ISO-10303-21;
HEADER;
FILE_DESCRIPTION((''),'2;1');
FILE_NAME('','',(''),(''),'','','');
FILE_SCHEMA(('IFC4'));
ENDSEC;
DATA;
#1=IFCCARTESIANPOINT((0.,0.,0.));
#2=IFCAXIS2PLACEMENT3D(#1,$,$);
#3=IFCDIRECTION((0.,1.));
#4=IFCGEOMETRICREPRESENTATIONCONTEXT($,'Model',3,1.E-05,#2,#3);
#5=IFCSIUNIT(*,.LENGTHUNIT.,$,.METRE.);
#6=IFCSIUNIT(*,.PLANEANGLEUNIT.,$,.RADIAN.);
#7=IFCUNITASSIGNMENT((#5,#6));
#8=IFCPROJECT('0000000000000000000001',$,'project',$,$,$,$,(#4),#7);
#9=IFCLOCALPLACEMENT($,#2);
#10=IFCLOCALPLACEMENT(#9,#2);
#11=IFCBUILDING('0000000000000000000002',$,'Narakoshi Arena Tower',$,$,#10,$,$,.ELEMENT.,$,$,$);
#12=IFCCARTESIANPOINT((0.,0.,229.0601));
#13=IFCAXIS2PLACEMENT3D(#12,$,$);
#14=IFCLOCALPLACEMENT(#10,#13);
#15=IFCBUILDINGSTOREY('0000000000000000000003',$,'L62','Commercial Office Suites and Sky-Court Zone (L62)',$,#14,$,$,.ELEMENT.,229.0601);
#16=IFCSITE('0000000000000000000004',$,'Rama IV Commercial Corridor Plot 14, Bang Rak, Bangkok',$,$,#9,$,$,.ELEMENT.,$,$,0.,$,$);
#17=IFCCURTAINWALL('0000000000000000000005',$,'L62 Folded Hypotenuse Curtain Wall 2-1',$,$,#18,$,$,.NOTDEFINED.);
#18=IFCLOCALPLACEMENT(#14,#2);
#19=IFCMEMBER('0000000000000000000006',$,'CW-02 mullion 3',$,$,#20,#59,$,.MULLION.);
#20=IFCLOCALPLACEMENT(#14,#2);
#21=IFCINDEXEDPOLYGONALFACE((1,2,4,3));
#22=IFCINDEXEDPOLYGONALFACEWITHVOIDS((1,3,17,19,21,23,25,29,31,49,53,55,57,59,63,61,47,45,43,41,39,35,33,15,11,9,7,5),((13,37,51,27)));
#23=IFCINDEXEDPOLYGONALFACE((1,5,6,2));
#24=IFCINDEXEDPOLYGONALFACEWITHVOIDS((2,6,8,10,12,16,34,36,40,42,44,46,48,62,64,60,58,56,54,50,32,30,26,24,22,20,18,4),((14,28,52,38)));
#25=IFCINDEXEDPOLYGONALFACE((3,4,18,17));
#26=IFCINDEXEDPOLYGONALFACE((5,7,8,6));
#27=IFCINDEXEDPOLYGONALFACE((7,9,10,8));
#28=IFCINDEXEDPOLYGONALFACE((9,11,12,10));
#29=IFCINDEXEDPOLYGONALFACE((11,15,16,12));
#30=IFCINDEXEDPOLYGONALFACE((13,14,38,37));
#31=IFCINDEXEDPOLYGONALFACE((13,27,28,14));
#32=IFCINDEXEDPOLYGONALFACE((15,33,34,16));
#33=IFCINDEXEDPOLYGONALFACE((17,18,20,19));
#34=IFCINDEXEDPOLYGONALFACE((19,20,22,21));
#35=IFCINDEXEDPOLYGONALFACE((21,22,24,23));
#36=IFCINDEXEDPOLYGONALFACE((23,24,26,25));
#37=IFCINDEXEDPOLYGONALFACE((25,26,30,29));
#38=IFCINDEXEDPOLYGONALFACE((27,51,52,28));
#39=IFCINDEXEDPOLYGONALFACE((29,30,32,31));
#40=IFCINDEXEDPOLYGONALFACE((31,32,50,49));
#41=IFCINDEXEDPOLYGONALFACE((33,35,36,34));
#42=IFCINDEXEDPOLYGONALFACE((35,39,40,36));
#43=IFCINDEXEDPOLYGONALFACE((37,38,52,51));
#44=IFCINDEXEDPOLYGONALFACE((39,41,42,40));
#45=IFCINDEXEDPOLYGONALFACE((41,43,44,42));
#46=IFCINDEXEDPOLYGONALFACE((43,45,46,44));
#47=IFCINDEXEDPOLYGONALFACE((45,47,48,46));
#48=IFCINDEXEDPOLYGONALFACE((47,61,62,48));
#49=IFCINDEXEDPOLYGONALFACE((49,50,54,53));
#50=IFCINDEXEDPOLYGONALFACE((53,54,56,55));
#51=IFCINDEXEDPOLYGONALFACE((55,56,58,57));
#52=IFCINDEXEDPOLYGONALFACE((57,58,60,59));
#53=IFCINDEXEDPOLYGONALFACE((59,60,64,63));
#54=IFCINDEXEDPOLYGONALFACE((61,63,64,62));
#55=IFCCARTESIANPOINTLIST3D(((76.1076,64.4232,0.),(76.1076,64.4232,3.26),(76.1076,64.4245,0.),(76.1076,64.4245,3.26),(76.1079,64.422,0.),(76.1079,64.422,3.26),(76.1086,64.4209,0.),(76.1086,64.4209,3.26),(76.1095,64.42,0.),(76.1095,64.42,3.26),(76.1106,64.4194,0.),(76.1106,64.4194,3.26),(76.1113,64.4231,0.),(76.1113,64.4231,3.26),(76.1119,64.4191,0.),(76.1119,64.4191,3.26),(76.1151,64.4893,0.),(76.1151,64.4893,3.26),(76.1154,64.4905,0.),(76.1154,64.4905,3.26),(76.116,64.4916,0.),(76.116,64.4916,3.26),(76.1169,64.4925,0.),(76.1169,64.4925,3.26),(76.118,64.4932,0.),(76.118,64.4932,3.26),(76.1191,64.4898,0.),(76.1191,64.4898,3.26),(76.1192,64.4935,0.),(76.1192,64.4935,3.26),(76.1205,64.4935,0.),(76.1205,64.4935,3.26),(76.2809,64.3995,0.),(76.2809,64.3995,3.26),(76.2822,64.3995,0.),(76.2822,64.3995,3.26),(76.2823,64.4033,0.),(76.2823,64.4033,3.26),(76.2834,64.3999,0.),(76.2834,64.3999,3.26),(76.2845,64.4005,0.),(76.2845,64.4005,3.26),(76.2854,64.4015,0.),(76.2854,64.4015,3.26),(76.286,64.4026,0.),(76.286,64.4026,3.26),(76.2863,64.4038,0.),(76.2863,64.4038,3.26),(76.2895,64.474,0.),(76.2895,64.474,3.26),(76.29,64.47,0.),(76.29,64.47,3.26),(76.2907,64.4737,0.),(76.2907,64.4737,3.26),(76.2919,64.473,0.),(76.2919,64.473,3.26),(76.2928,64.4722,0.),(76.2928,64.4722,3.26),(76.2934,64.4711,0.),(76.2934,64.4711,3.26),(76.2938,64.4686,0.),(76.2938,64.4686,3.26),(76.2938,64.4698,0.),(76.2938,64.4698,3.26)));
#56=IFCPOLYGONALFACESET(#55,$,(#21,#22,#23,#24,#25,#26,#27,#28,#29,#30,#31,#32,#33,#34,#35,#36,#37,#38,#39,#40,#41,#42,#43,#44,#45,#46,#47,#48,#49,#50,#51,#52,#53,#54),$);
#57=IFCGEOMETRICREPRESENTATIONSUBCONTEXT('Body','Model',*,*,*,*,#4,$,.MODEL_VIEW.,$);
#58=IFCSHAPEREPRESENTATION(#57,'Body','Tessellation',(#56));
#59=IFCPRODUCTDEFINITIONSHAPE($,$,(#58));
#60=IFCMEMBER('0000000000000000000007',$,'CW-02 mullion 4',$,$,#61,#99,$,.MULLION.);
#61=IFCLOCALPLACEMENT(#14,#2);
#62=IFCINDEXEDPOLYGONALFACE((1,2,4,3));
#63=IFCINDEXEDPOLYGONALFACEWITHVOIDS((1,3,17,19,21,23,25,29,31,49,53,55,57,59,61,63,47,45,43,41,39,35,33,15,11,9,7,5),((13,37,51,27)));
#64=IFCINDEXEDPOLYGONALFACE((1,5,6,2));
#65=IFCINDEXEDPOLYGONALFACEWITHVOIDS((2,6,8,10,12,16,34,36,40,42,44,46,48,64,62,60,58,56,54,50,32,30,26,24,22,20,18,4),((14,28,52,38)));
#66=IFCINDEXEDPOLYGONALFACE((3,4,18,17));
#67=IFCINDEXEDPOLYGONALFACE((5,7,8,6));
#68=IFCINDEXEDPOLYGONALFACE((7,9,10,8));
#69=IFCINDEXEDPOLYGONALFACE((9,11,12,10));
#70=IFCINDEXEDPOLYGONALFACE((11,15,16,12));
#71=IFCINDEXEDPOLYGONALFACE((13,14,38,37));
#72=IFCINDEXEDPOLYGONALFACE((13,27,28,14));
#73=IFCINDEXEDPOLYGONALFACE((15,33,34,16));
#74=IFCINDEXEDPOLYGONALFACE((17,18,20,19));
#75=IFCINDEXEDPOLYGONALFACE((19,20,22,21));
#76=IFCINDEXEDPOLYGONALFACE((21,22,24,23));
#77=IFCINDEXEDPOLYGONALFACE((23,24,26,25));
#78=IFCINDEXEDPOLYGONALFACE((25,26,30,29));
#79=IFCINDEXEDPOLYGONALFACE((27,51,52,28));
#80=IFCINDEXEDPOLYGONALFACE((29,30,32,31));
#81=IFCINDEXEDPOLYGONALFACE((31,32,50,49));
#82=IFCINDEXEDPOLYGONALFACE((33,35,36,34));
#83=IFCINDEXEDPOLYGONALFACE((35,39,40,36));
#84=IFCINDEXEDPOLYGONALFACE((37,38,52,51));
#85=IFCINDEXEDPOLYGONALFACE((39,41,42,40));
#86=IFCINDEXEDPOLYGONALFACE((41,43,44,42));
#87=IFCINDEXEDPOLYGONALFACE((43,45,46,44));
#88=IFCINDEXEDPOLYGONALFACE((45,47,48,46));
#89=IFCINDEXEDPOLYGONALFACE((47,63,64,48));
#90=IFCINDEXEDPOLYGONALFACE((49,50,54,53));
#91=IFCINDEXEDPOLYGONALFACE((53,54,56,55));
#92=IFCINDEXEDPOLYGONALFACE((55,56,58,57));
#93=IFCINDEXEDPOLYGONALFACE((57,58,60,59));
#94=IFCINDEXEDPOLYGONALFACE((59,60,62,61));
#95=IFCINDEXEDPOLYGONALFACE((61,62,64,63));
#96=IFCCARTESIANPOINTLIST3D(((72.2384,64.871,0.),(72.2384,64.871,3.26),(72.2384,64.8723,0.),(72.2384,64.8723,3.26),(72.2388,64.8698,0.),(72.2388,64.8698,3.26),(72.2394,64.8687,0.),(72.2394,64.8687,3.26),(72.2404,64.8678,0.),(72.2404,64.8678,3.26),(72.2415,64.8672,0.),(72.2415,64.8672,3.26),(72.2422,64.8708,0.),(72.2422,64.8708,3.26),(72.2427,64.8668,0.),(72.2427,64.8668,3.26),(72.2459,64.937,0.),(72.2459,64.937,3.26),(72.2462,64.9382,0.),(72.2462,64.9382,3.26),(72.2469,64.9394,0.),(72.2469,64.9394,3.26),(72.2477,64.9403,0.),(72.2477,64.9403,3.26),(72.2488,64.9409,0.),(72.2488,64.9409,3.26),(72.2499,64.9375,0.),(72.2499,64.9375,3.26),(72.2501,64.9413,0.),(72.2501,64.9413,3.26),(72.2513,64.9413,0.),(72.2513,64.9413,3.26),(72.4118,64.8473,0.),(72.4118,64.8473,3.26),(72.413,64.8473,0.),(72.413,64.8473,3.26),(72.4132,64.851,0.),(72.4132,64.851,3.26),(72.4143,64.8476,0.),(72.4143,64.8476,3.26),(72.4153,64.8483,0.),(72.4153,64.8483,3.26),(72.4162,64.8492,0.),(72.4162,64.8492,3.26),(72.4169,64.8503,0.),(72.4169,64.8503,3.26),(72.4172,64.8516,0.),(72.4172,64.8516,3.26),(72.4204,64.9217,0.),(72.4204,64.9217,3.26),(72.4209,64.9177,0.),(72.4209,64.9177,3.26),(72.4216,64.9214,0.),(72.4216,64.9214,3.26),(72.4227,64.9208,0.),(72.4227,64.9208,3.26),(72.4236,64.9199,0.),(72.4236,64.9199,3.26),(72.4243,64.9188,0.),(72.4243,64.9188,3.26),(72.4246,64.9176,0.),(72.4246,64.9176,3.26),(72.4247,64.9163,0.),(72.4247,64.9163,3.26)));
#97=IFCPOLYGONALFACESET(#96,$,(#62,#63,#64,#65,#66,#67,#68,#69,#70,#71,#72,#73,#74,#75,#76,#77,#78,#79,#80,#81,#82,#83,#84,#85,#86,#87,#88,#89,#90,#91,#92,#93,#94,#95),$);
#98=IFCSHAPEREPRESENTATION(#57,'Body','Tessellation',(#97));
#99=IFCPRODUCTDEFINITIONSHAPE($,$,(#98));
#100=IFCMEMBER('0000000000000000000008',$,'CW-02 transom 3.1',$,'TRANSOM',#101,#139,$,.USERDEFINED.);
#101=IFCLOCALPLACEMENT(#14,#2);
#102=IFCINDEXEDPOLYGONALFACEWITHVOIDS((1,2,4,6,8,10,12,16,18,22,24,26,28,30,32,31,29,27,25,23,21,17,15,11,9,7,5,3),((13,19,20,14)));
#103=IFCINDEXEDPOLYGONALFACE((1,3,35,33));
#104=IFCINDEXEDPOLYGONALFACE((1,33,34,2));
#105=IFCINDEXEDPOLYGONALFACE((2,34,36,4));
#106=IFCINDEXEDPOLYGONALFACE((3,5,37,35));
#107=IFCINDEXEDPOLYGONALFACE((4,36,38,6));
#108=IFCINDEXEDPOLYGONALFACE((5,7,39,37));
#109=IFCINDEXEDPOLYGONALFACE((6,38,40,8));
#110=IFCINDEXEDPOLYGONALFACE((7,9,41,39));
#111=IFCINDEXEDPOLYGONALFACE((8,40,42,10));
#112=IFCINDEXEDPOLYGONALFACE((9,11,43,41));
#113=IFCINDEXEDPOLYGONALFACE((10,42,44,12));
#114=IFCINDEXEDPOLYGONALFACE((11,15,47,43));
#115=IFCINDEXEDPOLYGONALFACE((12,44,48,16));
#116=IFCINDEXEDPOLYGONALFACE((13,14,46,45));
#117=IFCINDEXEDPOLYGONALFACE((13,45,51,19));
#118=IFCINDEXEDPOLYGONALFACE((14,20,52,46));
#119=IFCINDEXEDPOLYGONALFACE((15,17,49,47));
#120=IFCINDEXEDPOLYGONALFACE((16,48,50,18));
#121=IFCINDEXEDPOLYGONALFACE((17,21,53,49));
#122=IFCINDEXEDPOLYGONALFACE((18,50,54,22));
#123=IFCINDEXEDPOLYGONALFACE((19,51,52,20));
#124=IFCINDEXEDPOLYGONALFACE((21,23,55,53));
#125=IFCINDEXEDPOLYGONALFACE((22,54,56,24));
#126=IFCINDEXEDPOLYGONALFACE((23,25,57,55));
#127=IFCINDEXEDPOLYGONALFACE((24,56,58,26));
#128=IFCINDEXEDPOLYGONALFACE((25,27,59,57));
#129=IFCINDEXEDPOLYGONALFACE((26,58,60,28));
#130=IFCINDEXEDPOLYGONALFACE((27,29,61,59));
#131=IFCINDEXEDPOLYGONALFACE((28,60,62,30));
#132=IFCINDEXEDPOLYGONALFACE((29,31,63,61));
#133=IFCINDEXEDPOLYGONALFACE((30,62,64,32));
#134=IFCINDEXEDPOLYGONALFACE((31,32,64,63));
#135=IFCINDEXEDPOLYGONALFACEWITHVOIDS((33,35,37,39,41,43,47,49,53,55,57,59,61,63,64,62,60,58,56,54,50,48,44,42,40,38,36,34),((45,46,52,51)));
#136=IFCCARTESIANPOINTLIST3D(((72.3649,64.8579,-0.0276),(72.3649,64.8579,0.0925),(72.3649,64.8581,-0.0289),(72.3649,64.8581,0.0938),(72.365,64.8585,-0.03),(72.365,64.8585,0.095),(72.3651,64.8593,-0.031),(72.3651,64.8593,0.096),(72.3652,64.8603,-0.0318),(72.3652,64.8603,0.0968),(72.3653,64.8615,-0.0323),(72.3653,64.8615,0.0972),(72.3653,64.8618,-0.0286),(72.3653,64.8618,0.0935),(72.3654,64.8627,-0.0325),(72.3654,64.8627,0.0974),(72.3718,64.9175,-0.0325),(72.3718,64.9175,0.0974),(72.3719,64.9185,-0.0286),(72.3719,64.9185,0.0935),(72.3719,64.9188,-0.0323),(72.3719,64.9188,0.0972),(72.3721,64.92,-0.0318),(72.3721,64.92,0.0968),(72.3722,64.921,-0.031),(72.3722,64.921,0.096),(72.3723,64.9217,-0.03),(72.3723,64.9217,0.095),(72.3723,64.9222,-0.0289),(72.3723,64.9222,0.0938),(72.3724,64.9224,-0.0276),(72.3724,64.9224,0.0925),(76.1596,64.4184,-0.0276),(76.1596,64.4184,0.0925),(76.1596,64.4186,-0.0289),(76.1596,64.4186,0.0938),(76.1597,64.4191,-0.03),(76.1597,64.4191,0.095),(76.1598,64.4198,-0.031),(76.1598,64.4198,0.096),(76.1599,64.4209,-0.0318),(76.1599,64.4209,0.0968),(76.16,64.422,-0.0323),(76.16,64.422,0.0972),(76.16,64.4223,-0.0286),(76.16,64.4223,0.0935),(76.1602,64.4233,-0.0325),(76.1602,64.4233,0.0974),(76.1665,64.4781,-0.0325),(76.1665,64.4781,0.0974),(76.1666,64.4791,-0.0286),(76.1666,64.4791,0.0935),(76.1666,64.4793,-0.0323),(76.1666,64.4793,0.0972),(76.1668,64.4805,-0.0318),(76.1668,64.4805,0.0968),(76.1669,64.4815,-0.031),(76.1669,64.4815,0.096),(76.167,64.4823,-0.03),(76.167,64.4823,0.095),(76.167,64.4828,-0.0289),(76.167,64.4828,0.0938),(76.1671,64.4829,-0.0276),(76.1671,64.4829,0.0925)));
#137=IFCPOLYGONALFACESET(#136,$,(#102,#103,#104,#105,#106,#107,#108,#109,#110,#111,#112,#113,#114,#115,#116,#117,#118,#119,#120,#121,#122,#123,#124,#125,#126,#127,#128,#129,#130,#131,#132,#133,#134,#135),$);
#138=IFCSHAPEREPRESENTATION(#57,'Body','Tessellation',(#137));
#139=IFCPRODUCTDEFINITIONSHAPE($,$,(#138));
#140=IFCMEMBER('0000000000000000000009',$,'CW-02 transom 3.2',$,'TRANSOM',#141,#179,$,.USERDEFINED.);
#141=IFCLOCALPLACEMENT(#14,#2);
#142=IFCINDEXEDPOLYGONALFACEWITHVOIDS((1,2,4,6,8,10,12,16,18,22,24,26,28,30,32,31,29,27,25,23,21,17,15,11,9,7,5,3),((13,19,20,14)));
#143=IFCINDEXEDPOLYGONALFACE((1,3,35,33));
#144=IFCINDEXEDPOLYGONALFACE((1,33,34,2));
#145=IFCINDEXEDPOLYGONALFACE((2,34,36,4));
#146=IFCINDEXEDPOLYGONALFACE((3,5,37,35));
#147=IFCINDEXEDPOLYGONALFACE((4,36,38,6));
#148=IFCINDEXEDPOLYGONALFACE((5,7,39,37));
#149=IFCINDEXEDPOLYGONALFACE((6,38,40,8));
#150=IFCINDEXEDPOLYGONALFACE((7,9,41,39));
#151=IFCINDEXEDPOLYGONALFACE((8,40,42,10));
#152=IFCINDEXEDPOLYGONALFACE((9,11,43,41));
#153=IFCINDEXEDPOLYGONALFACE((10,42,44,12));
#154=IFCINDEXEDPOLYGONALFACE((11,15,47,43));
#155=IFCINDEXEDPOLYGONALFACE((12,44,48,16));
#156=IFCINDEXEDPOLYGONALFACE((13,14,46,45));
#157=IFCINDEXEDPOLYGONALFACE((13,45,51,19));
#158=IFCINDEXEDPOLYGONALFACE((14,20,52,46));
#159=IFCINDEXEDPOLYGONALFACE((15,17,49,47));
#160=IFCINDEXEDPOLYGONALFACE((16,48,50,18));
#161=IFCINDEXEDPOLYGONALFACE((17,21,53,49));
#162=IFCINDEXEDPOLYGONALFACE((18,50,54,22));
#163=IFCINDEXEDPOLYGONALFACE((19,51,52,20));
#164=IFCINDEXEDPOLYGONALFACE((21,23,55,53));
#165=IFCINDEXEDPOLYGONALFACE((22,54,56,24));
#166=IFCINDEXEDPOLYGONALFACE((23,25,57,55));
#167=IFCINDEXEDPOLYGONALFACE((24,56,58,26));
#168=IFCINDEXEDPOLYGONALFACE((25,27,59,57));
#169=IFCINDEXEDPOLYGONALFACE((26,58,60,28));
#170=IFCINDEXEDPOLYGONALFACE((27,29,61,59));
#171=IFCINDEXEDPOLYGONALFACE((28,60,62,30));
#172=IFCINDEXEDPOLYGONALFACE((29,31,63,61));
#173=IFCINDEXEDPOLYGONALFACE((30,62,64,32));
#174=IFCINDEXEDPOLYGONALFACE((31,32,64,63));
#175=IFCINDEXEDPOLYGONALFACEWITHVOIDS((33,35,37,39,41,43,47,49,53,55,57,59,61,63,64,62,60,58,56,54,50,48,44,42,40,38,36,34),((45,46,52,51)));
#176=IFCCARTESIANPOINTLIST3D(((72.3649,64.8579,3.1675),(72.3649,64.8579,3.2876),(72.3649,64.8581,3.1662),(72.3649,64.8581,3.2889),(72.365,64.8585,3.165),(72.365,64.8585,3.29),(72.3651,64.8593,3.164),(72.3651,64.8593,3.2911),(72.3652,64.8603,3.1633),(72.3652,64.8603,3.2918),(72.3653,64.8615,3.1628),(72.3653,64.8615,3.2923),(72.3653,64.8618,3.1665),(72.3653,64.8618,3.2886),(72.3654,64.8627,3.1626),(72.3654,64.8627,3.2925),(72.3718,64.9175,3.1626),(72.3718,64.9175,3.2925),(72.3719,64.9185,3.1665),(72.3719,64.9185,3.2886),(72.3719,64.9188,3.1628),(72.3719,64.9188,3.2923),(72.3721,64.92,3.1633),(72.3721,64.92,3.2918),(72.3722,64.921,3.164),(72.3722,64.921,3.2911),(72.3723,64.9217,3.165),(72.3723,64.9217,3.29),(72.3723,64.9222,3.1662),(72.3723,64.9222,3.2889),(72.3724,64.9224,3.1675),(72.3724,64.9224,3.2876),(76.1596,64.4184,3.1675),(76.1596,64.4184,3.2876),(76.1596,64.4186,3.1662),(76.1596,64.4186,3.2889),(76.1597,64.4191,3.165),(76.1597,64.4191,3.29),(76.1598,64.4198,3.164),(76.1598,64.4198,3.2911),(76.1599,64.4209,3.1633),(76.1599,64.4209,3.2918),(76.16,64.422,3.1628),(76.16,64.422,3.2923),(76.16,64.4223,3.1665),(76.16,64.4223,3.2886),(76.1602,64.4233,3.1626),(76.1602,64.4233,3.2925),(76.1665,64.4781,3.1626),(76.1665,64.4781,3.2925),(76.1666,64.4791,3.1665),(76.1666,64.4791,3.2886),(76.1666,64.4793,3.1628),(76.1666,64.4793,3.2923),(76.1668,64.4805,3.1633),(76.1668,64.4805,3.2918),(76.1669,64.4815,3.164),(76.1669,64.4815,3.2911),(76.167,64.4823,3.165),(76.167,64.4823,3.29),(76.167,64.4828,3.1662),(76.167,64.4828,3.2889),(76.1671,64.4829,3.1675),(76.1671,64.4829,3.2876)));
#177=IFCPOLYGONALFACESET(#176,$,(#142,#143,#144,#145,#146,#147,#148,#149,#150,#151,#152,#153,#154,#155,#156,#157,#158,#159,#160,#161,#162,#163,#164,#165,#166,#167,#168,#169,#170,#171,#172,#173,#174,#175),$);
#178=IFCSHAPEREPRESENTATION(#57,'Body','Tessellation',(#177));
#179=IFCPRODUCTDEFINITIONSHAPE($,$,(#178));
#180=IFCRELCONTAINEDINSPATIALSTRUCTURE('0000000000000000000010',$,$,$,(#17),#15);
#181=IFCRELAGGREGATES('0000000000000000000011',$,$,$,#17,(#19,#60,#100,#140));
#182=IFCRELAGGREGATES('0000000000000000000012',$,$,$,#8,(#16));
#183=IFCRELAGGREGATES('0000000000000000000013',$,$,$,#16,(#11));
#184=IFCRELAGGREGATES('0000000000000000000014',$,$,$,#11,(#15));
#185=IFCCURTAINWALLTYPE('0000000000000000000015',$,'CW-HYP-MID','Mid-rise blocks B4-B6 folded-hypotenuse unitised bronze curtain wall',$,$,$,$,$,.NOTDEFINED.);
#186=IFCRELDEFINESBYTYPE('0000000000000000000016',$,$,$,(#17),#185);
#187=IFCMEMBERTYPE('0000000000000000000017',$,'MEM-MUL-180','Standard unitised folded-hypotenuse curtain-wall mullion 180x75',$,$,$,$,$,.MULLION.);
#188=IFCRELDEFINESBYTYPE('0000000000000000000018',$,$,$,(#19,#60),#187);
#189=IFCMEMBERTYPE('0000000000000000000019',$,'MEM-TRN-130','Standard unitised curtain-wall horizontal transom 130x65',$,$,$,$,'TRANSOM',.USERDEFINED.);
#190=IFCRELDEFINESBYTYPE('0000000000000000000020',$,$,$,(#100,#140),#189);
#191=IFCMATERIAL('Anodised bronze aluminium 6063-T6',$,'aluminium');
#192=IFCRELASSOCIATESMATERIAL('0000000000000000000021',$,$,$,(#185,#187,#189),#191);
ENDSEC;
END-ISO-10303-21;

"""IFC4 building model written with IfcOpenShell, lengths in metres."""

from ifc_helpers import new_model, si_unit, direction, frame, origin, origin_2d, place, context, subcontext, project, spatial, hollow_rectangle, extrude, material, material_profile, profile_set, type_object, element, aggregate, save


model = new_model("IFC4")

# Units and contexts
model_context = context("Model", 3, precision=1e-05, world=origin(), true_north=direction((0.0, 1.0)))
body_context = subcontext(model_context, "Body", "Model", "MODEL_VIEW")
ifc_project = project(units=[si_unit("LENGTHUNIT", "METRE"), si_unit("PLANEANGLEUNIT", "RADIAN")], contexts=[model_context])

# Site, building, storey
site_placement = place(None, origin())
site = spatial("IfcSite", under=ifc_project, at=site_placement, Name="Rama IV Commercial Corridor Plot 14, Bang Rak, Bangkok", CompositionType="ELEMENT", RefElevation=0.0)
building_placement = place(site_placement, origin())
building = spatial("IfcBuilding", under=site, at=building_placement, Name="Narakoshi Arena Tower", CompositionType="ELEMENT")
storey_placement = place(building_placement, frame((0.0, 0.0, 229.0601)))
storey = spatial("IfcBuildingStorey", under=building, at=storey_placement, Name="L62", Description="Commercial Office Suites and Sky-Court Zone (L62)", CompositionType="ELEMENT", Elevation=229.0601)

# Curtain wall, members
ifc_material_1 = material(Name="Anodised bronze aluminium 6063-T6", Category="aluminium")
curtain_wall_type = type_object("IfcCurtainWallType", Name="CW-HYP-MID", Description="Mid-rise blocks B4-B6 folded-hypotenuse unitised bronze curtain wall", PredefinedType="NOTDEFINED", material=ifc_material_1)
curtain_wall_placement = place(storey_placement, origin())
curtain_wall = element("IfcCurtainWall", 1, at=curtain_wall_placement, inside=storey, type_object=curtain_wall_type, Name="L62 Folded Hypotenuse Curtain Wall 2-1", PredefinedType="NOTDEFINED")
ifc_material_profile_1 = material_profile(ifc_material_1, hollow_rectangle(XDim=0.075, YDim=0.1799, WallThickness=0.0039, OuterFilletRadius=0.0049, at=origin_2d()), Name="MUL180x75x4")
ifc_profile_set_1 = profile_set([ifc_material_profile_1], Name="Anodised bronze aluminium 6063-T6")
member_type_1 = type_object("IfcMemberType", Name="MEM-MUL-180", Description="Standard unitised folded-hypotenuse curtain-wall mullion 180x75", PredefinedType="MULLION", material=ifc_profile_set_1)
member_1_placement = place(storey_placement, frame((76.2007, 64.4465, 0.0), z_axis=(0.0, 0.0, 1.0), x_axis=(-0.115011, -0.993364, 0.0)))
member_1 = element("IfcMember", 2, at=member_1_placement, type_object=member_type_1, Name="CW-02 mullion 3", PredefinedType="MULLION", context=body_context, shape_type="SweptSolid", body=[
    extrude(hollow_rectangle(XDim=0.075, YDim=0.1799, WallThickness=0.0039, OuterFilletRadius=0.0049, at=origin_2d()), origin(), (0.0, 0.0, 1.0), 3.26),
])
member_2_placement = place(storey_placement, frame((72.3315, 64.8943, 0.0), z_axis=(0.0, 0.0, 1.0), x_axis=(-0.115011, -0.993364, 0.0)))
member_2 = element("IfcMember", 3, at=member_2_placement, type_object=member_type_1, Name="CW-02 mullion 4", PredefinedType="MULLION", context=body_context, shape_type="SweptSolid", body=[
    extrude(hollow_rectangle(XDim=0.075, YDim=0.1799, WallThickness=0.0039, OuterFilletRadius=0.0049, at=origin_2d()), origin(), (0.0, 0.0, 1.0), 3.26),
])
ifc_material_profile_2 = material_profile(ifc_material_1, hollow_rectangle(XDim=0.0649, YDim=0.1299, WallThickness=0.0039, OuterFilletRadius=0.0049, at=origin_2d()), Name="TRN130x65x4")
ifc_profile_set_2 = profile_set([ifc_material_profile_2], Name="Anodised bronze aluminium 6063-T6")
member_type_2 = type_object("IfcMemberType", Name="MEM-TRN-130", Description="Standard unitised curtain-wall horizontal transom 130x65", ElementType="TRANSOM", PredefinedType="USERDEFINED", material=ifc_profile_set_2)
member_3_placement = place(storey_placement, frame((76.1633, 64.4507, 0.0325), z_axis=(-0.993361, 0.115039, 0.0), x_axis=(-0.115039, -0.993361, 0.0)))
member_3 = element("IfcMember", 4, at=member_3_placement, type_object=member_type_2, Name="CW-02 transom 3.1", ObjectType="TRANSOM", PredefinedType="USERDEFINED", context=body_context, shape_type="SweptSolid", body=[
    extrude(hollow_rectangle(XDim=0.0649, YDim=0.1299, WallThickness=0.0039, OuterFilletRadius=0.0049, at=origin_2d()), origin(), (0.0, 0.0, 1.0), 3.8201),
])
member_4_placement = place(storey_placement, frame((76.1633, 64.4507, 3.2275), z_axis=(-0.993361, 0.115039, 0.0), x_axis=(-0.115039, -0.993361, 0.0)))
member_4 = element("IfcMember", 5, at=member_4_placement, type_object=member_type_2, Name="CW-02 transom 3.2", ObjectType="TRANSOM", PredefinedType="USERDEFINED", context=body_context, shape_type="SweptSolid", body=[
    extrude(hollow_rectangle(XDim=0.0649, YDim=0.1299, WallThickness=0.0039, OuterFilletRadius=0.0049, at=origin_2d()), origin(), (0.0, 0.0, 1.0), 3.8201),
])
aggregate(curtain_wall, [member_1, member_2, member_3, member_4])

save(model, "model.ifc")
